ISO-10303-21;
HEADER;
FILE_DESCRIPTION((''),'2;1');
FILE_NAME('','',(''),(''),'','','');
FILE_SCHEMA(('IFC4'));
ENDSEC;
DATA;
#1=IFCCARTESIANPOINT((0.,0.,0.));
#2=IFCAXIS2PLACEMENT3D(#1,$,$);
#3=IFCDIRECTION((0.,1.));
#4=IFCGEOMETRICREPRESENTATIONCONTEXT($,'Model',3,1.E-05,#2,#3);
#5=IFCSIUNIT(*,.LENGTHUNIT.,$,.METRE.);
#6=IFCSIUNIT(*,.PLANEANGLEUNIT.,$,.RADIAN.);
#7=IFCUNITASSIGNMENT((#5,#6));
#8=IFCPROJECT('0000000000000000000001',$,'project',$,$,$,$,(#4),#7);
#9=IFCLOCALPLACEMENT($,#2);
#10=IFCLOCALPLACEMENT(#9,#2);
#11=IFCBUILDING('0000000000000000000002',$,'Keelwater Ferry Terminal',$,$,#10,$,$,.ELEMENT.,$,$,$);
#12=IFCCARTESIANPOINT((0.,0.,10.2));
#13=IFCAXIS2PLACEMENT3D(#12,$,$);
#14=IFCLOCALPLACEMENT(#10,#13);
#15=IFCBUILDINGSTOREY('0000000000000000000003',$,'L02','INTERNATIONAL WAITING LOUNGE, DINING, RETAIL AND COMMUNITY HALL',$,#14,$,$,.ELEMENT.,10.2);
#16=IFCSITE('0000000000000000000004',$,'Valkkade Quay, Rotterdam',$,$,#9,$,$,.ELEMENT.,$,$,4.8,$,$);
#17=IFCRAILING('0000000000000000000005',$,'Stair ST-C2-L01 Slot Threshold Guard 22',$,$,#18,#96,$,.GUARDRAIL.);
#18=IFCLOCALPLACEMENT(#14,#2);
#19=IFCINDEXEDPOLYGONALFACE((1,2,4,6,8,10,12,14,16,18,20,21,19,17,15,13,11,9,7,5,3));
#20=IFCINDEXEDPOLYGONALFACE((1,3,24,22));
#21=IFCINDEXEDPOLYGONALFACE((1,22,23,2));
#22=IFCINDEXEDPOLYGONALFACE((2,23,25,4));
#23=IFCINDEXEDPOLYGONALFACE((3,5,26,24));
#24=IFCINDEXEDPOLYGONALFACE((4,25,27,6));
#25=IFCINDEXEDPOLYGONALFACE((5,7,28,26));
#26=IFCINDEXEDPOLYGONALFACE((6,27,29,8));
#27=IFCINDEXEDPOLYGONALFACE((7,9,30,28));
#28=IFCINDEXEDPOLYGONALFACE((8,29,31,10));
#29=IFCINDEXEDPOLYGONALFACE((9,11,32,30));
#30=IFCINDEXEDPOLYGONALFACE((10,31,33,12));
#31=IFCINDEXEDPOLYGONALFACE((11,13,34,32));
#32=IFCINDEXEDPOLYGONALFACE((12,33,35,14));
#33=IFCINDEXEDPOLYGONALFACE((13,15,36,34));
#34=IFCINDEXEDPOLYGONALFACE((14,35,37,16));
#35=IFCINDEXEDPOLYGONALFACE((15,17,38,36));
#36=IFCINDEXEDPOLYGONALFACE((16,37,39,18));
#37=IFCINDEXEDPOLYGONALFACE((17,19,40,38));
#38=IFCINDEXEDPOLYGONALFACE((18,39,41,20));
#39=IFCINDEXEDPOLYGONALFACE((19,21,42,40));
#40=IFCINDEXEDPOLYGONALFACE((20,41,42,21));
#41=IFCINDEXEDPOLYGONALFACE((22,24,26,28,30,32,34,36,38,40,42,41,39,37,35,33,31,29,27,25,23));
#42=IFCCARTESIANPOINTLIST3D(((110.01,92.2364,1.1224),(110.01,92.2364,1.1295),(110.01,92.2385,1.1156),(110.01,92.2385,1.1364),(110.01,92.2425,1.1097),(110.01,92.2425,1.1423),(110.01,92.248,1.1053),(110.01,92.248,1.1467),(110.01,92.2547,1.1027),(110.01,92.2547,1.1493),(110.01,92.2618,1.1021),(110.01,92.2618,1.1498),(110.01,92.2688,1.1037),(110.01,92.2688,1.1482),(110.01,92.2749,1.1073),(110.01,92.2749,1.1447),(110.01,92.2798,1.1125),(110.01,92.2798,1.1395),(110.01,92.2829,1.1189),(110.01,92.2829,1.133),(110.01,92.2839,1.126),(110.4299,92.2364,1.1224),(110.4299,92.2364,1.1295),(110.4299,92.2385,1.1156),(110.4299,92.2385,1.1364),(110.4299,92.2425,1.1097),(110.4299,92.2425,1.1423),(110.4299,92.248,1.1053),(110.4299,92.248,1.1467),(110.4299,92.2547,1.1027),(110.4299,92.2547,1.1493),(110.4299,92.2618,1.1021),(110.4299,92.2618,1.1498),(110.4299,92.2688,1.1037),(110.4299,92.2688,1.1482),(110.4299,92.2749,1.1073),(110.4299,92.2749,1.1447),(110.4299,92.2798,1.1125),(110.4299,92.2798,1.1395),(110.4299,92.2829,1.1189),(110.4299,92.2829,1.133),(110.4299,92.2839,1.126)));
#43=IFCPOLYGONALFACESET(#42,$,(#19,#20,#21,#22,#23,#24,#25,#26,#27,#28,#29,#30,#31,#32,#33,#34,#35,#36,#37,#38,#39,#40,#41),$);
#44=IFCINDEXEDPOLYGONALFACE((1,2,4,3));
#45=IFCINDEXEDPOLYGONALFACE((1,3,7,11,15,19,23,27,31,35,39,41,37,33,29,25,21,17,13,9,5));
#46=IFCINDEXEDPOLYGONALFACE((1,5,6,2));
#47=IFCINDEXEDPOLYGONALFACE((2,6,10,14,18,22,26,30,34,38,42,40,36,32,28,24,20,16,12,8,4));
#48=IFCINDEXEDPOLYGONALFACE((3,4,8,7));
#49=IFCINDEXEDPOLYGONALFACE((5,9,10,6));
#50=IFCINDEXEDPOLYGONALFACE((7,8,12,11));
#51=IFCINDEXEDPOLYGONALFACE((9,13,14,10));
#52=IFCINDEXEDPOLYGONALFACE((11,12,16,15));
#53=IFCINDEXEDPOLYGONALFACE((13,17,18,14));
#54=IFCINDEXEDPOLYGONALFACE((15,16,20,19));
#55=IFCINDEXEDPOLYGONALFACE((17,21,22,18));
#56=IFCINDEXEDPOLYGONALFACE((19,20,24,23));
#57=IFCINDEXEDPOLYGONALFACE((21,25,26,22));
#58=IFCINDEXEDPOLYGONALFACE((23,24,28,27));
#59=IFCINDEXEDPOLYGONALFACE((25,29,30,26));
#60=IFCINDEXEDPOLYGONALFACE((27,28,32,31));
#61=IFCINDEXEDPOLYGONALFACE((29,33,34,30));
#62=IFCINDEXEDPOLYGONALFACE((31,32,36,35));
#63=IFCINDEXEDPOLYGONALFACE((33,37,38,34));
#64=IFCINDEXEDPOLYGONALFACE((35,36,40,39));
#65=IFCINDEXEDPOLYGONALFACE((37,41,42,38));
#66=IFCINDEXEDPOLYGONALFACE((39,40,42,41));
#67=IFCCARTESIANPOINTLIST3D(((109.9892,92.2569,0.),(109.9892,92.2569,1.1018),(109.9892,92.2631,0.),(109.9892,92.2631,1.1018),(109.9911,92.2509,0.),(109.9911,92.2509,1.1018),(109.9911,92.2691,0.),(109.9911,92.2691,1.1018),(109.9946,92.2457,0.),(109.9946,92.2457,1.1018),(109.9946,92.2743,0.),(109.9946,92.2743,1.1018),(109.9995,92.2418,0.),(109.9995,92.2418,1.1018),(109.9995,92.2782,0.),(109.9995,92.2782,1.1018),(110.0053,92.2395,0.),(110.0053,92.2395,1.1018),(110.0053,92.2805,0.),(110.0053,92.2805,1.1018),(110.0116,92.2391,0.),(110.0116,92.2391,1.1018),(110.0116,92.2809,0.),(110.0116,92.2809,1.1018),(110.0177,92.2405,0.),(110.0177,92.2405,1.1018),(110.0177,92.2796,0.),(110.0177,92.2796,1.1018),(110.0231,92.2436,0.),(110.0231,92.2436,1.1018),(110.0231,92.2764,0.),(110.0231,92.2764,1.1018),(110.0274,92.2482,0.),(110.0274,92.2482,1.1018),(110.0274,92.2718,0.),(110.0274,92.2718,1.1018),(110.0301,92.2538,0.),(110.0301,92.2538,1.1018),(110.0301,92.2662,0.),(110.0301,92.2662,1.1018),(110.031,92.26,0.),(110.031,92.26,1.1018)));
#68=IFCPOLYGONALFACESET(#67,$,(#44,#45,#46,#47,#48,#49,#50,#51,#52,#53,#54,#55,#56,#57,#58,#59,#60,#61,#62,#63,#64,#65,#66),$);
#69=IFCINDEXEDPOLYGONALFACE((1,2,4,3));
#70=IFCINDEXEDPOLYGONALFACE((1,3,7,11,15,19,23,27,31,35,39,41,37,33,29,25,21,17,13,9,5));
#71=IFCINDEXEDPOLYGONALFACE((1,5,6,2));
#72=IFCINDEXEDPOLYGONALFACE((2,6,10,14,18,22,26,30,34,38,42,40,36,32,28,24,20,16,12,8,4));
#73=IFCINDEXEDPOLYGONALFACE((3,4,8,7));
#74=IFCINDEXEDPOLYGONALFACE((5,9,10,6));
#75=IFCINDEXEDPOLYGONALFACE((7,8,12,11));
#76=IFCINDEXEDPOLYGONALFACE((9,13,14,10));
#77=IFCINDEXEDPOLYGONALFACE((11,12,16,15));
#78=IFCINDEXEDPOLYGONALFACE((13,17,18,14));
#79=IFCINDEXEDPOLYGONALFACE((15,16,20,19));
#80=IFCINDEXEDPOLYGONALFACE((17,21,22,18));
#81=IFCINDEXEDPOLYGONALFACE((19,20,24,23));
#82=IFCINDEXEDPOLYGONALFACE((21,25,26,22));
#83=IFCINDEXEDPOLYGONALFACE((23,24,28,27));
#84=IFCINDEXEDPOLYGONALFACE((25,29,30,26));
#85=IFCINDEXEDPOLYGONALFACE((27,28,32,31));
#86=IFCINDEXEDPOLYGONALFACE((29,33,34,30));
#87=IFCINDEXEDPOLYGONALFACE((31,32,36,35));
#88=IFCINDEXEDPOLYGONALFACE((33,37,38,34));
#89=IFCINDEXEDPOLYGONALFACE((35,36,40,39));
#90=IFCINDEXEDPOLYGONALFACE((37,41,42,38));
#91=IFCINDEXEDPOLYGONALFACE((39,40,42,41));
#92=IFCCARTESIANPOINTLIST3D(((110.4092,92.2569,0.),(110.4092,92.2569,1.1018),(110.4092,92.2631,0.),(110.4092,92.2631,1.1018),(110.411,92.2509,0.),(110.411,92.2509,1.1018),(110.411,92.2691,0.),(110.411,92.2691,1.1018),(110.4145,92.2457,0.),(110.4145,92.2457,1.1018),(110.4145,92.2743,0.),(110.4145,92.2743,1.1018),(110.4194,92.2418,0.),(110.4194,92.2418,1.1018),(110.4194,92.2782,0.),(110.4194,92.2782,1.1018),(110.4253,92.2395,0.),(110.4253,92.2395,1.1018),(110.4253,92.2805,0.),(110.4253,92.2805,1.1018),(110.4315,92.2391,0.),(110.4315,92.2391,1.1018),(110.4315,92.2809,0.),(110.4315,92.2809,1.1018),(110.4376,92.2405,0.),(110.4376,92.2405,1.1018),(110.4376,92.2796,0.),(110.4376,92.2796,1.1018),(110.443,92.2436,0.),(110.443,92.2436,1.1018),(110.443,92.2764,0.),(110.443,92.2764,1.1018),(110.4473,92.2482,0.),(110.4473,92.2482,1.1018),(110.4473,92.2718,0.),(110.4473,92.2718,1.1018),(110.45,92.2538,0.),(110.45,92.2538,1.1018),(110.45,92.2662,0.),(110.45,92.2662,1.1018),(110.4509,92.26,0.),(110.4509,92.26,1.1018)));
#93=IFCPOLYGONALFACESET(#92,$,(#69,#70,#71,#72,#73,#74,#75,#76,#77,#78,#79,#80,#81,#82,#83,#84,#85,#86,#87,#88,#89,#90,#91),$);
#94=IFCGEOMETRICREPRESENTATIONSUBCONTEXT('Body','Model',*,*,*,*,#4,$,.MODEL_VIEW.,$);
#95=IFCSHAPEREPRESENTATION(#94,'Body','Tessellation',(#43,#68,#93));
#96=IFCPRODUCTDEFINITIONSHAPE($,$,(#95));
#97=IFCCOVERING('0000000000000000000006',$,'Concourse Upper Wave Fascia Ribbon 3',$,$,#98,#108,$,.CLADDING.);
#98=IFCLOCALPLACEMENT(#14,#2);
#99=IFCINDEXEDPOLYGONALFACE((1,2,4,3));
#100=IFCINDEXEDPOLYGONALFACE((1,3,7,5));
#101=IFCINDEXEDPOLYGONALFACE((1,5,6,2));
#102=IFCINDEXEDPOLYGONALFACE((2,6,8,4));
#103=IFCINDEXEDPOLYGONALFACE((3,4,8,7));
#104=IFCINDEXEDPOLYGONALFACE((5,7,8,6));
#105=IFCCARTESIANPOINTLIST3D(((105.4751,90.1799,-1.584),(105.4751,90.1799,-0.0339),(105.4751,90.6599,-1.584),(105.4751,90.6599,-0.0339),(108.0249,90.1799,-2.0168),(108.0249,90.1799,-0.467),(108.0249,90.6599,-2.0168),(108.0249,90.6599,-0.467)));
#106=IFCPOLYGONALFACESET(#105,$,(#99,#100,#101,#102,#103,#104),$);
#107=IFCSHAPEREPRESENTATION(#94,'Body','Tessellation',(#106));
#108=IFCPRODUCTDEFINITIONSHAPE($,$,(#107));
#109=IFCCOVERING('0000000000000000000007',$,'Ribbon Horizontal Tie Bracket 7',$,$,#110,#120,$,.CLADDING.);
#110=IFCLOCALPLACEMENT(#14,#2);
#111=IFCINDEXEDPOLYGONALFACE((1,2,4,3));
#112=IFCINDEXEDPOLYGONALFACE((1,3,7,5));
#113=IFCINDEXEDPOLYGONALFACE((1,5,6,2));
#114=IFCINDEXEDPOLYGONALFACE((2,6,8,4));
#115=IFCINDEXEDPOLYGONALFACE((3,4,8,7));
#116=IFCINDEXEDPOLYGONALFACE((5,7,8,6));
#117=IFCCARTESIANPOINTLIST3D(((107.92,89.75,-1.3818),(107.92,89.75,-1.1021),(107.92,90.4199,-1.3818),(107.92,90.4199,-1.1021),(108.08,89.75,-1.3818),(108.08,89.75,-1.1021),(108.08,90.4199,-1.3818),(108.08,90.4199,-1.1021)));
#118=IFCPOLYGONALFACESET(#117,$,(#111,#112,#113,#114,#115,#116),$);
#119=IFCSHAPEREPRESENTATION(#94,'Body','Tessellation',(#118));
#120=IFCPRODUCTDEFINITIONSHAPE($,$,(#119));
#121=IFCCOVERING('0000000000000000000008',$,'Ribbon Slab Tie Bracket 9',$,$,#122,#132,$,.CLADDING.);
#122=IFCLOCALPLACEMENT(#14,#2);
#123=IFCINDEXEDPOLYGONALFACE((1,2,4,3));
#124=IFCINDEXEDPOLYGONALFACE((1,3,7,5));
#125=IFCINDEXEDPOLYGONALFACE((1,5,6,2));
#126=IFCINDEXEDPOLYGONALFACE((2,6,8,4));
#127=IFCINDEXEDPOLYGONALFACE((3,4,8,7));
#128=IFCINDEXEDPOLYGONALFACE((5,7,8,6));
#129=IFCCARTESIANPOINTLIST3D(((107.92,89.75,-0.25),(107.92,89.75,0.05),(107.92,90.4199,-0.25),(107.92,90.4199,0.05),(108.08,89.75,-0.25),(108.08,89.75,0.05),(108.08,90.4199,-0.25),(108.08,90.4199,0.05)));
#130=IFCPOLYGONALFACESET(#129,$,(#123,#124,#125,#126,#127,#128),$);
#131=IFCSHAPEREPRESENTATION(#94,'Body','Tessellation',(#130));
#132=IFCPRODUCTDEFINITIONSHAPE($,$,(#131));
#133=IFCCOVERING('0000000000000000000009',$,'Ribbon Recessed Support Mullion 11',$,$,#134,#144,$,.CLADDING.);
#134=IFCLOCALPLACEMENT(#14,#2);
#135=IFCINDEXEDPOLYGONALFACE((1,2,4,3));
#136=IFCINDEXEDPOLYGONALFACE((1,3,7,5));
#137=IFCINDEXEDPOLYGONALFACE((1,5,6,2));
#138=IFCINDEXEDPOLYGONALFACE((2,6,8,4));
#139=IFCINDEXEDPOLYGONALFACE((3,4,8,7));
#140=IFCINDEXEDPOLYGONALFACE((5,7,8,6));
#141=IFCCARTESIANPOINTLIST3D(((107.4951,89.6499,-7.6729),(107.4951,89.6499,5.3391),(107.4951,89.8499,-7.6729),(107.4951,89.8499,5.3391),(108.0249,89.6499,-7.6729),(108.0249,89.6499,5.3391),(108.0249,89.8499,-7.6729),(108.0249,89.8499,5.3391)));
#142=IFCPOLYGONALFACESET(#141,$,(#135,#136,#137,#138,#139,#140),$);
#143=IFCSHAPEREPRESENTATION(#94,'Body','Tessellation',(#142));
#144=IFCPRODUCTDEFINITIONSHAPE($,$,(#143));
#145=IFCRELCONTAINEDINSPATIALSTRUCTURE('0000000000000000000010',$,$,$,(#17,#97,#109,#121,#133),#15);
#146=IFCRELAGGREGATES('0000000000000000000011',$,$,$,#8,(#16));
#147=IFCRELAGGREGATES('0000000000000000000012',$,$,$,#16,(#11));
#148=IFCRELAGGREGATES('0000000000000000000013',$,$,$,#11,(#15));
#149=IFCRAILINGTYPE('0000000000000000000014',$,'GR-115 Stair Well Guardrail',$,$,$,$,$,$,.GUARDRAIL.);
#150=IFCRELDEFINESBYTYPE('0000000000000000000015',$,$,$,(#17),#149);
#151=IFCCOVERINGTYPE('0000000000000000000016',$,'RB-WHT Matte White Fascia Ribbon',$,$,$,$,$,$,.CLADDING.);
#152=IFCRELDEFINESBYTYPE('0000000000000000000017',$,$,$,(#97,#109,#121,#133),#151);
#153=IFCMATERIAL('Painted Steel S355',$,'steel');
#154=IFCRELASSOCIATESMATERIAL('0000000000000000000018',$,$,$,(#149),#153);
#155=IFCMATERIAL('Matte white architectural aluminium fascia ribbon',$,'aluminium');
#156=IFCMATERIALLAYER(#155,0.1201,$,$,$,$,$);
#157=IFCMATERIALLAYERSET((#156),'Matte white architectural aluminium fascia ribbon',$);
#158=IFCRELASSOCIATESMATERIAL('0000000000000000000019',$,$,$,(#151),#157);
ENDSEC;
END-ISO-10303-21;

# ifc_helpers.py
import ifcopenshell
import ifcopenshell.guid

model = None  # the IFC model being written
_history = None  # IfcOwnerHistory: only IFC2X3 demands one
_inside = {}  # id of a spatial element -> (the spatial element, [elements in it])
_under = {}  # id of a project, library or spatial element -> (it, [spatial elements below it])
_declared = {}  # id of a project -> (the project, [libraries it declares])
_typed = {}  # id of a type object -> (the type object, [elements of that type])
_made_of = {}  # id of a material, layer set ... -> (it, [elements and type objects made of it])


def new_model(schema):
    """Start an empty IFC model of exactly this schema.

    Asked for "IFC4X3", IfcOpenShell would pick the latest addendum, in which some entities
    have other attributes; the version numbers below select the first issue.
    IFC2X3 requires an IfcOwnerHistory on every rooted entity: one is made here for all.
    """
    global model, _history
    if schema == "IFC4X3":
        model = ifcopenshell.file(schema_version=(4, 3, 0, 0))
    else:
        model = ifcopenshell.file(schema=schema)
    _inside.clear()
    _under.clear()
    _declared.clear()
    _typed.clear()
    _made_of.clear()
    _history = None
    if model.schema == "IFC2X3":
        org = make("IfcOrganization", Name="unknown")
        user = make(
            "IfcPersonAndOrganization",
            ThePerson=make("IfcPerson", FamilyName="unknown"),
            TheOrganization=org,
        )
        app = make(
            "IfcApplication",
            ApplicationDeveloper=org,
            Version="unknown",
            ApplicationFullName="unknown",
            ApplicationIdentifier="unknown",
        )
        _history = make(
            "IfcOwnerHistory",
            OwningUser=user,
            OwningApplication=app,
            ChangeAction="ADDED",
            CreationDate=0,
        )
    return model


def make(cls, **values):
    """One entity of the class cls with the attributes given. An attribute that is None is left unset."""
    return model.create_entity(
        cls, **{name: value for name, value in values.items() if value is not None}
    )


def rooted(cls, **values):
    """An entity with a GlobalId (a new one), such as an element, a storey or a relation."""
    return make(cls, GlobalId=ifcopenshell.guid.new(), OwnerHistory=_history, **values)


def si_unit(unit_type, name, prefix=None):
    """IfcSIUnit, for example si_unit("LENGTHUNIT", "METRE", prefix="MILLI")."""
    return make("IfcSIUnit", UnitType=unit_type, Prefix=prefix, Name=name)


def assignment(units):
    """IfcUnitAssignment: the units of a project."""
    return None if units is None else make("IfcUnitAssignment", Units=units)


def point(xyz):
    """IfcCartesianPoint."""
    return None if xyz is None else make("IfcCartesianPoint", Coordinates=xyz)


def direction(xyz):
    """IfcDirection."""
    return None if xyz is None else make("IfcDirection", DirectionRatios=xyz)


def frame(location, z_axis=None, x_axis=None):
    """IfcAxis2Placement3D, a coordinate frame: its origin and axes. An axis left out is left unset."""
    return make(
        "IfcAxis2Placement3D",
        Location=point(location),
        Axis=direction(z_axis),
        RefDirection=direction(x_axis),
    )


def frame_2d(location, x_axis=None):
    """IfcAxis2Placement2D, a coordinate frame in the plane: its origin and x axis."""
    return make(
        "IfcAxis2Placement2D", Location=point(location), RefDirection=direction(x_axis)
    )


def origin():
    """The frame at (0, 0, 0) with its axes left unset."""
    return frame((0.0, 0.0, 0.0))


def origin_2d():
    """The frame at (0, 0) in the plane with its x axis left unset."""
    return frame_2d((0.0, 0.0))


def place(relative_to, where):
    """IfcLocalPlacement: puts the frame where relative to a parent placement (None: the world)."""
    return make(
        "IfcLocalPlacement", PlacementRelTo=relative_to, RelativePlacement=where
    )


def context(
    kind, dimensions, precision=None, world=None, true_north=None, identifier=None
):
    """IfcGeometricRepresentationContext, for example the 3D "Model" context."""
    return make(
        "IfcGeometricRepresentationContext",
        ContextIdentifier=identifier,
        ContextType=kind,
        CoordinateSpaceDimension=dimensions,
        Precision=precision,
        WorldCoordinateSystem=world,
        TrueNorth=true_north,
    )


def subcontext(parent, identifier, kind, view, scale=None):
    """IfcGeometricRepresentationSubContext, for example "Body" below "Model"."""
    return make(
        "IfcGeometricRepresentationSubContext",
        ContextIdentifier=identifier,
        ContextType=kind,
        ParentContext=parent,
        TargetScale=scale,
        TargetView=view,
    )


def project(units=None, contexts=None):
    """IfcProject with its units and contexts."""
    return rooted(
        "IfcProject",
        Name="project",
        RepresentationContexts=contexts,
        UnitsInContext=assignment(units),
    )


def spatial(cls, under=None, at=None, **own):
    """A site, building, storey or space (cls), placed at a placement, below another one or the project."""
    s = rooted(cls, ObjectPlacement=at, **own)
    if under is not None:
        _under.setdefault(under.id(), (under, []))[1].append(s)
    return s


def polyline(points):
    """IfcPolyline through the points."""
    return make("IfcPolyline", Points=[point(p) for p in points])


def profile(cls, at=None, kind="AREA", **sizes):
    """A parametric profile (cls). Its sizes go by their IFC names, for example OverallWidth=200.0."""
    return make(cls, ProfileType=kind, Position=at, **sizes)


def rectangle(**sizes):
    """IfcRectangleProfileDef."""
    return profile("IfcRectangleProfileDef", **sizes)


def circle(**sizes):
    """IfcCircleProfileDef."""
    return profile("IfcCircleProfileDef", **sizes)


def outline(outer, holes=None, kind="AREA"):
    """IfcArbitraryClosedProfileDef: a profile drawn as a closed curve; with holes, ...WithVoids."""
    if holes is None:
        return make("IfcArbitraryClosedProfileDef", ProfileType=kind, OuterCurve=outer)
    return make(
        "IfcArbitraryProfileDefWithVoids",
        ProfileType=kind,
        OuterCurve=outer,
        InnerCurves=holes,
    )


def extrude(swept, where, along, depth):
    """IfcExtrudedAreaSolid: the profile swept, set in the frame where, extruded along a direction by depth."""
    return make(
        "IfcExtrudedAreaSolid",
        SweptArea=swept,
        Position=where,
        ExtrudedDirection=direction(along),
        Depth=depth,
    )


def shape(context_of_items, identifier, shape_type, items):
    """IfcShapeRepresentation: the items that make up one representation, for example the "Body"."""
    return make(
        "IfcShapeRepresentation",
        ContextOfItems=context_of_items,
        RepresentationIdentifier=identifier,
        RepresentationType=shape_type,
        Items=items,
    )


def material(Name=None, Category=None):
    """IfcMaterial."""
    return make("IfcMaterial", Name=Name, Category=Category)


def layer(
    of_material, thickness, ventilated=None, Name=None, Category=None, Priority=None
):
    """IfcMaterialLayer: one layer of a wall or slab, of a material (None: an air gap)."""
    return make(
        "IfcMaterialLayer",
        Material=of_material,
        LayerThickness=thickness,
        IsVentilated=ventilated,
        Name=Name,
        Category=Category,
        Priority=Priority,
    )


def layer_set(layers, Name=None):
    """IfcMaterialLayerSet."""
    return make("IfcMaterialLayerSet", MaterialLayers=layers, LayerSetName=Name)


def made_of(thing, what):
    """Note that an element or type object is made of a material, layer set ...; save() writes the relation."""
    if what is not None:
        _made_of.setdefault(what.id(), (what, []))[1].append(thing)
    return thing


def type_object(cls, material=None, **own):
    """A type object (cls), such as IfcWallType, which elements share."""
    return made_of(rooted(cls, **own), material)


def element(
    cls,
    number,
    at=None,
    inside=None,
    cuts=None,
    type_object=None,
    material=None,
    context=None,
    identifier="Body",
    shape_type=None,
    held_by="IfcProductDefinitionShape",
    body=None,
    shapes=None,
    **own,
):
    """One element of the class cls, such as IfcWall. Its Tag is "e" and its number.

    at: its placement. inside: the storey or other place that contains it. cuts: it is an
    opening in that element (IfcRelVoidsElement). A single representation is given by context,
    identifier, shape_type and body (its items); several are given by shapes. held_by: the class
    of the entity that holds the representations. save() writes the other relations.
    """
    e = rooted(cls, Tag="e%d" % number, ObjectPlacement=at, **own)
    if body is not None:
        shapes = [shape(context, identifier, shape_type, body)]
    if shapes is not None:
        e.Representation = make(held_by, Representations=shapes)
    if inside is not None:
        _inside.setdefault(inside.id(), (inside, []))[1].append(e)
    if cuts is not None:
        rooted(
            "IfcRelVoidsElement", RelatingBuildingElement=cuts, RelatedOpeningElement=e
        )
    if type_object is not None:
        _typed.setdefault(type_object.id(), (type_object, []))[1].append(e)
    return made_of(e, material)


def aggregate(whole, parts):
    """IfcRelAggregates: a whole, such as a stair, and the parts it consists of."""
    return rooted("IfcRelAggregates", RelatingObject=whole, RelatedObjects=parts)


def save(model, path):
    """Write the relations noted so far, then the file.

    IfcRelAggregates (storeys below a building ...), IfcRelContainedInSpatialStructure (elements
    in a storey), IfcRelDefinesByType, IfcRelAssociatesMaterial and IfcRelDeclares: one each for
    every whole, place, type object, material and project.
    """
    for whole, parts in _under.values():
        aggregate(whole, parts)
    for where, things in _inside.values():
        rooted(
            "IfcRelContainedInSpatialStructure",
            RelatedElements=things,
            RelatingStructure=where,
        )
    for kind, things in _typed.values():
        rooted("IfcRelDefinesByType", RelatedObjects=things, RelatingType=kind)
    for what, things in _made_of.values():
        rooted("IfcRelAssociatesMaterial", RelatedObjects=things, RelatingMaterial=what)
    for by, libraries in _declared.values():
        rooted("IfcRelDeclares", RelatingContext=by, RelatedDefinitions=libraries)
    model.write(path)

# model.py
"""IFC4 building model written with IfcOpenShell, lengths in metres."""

from ifc_helpers import new_model, si_unit, direction, frame, frame_2d, origin, origin_2d, place, context, subcontext, project, spatial, polyline, rectangle, circle, outline, extrude, material, layer, layer_set, type_object, element, save


model = new_model("IFC4")

# Units and contexts
model_context = context("Model", 3, precision=1e-05, world=origin(), true_north=direction((0.0, 1.0)))
body_context = subcontext(model_context, "Body", "Model", "MODEL_VIEW")
ifc_project = project(units=[si_unit("LENGTHUNIT", "METRE"), si_unit("PLANEANGLEUNIT", "RADIAN")], contexts=[model_context])

# Site, building, storey
site_placement = place(None, origin())
site = spatial("IfcSite", under=ifc_project, at=site_placement, Name="Valkkade Quay, Rotterdam", CompositionType="ELEMENT", RefElevation=4.8)
building_placement = place(site_placement, origin())
building = spatial("IfcBuilding", under=site, at=building_placement, Name="Keelwater Ferry Terminal", CompositionType="ELEMENT")
storey_placement = place(building_placement, frame((0.0, 0.0, 10.2)))
storey = spatial("IfcBuildingStorey", under=building, at=storey_placement, Name="L02", Description="INTERNATIONAL WAITING LOUNGE, DINING, RETAIL AND COMMUNITY HALL", CompositionType="ELEMENT", Elevation=10.2)

# Railing
ifc_material_1 = material(Name="Painted Steel S355", Category="steel")
railing_type = type_object("IfcRailingType", Name="GR-115 Stair Well Guardrail", PredefinedType="GUARDRAIL", material=ifc_material_1)
railing_1_placement = place(storey_placement, frame((110.01, 92.26, 0.0)))
element("IfcRailing", 1, at=railing_1_placement, inside=storey, type_object=railing_type, Name="Stair ST-C2-L01 Slot Threshold Guard 22", PredefinedType="GUARDRAIL", context=body_context, shape_type="SweptSolid", body=[
    extrude(circle(Radius=0.0239, at=origin_2d()), frame((0.0, 0.0, 1.126), z_axis=(1.0, 0.0, 0.0), x_axis=(0.0, 1.0, 0.0)), (0.0, 0.0, 1.0), 0.4199),
    extrude(circle(Radius=0.021, at=origin_2d()), origin(), (0.0, 0.0, 1.0), 1.1018),
    extrude(circle(Radius=0.021, at=origin_2d()), frame((0.4199, 0.0, 0.0)), (0.0, 0.0, 1.0), 1.1018),
])

# Coverings
ifc_material_2 = material(Name="Matte white architectural aluminium fascia ribbon", Category="aluminium")
ifc_layer_1 = layer(ifc_material_2, 0.1201)
ifc_layer_set_1 = layer_set([ifc_layer_1], Name="Matte white architectural aluminium fascia ribbon")
covering_type = type_object("IfcCoveringType", Name="RB-WHT Matte White Fascia Ribbon", PredefinedType="CLADDING", material=ifc_layer_set_1)
covering_1_placement = place(storey_placement, frame((108.0249, 90.4199, -2.0168), z_axis=(0.0, 0.0, 1.0), x_axis=(-1.0, 0.0, 0.0)))
element("IfcCovering", 2, at=covering_1_placement, inside=storey, type_object=covering_type, Name="Concourse Upper Wave Fascia Ribbon 3", PredefinedType="CLADDING", context=body_context, shape_type="SweptSolid", body=[
    extrude(outline(polyline([(0.0, 0.0), (2.5498, 0.4329), (2.5498, 1.9829), (0.0, 1.5498), (0.0, 0.0)])), frame((0.0, 0.24, 0.0), z_axis=(0.0, -1.0, 0.0), x_axis=(1.0, 0.0, 0.0)), (0.0, 0.0, 1.0), 0.48),
])
covering_2_placement = place(storey_placement, frame((108.0, 90.4199, -1.3818), z_axis=(0.0, 0.0, 1.0), x_axis=(0.0, -1.0, 0.0)))
element("IfcCovering", 3, at=covering_2_placement, inside=storey, type_object=covering_type, Name="Ribbon Horizontal Tie Bracket 7", PredefinedType="CLADDING", context=body_context, shape_type="SweptSolid", body=[
    extrude(rectangle(XDim=0.6699, YDim=0.1599, at=frame_2d((0.335, 0.0))), origin(), (0.0, 0.0, 1.0), 0.2798),
])
covering_3_placement = place(storey_placement, frame((108.0, 90.4199, -0.25), z_axis=(0.0, 0.0, 1.0), x_axis=(0.0, -1.0, 0.0)))
element("IfcCovering", 4, at=covering_3_placement, inside=storey, type_object=covering_type, Name="Ribbon Slab Tie Bracket 9", PredefinedType="CLADDING", context=body_context, shape_type="SweptSolid", body=[
    extrude(rectangle(XDim=0.6699, YDim=0.1599, at=frame_2d((0.335, 0.0))), origin(), (0.0, 0.0, 1.0), 0.3),
])
covering_4_placement = place(storey_placement, frame((108.0249, 89.75, -7.6729), z_axis=(0.0, 0.0, 1.0), x_axis=(-1.0, 0.0, 0.0)))
element("IfcCovering", 5, at=covering_4_placement, inside=storey, type_object=covering_type, Name="Ribbon Recessed Support Mullion 11", PredefinedType="CLADDING", context=body_context, shape_type="SweptSolid", body=[
    extrude(outline(polyline([(0.0, 0.0), (0.5298, 0.0), (0.5298, 13.012), (0.0, 13.012), (0.0, 0.0)])), frame((0.0, 0.1001, 0.0), z_axis=(0.0, -1.0, 0.0), x_axis=(1.0, 0.0, 0.0)), (0.0, 0.0, 1.0), 0.2),
])

save(model, "model.ifc")
